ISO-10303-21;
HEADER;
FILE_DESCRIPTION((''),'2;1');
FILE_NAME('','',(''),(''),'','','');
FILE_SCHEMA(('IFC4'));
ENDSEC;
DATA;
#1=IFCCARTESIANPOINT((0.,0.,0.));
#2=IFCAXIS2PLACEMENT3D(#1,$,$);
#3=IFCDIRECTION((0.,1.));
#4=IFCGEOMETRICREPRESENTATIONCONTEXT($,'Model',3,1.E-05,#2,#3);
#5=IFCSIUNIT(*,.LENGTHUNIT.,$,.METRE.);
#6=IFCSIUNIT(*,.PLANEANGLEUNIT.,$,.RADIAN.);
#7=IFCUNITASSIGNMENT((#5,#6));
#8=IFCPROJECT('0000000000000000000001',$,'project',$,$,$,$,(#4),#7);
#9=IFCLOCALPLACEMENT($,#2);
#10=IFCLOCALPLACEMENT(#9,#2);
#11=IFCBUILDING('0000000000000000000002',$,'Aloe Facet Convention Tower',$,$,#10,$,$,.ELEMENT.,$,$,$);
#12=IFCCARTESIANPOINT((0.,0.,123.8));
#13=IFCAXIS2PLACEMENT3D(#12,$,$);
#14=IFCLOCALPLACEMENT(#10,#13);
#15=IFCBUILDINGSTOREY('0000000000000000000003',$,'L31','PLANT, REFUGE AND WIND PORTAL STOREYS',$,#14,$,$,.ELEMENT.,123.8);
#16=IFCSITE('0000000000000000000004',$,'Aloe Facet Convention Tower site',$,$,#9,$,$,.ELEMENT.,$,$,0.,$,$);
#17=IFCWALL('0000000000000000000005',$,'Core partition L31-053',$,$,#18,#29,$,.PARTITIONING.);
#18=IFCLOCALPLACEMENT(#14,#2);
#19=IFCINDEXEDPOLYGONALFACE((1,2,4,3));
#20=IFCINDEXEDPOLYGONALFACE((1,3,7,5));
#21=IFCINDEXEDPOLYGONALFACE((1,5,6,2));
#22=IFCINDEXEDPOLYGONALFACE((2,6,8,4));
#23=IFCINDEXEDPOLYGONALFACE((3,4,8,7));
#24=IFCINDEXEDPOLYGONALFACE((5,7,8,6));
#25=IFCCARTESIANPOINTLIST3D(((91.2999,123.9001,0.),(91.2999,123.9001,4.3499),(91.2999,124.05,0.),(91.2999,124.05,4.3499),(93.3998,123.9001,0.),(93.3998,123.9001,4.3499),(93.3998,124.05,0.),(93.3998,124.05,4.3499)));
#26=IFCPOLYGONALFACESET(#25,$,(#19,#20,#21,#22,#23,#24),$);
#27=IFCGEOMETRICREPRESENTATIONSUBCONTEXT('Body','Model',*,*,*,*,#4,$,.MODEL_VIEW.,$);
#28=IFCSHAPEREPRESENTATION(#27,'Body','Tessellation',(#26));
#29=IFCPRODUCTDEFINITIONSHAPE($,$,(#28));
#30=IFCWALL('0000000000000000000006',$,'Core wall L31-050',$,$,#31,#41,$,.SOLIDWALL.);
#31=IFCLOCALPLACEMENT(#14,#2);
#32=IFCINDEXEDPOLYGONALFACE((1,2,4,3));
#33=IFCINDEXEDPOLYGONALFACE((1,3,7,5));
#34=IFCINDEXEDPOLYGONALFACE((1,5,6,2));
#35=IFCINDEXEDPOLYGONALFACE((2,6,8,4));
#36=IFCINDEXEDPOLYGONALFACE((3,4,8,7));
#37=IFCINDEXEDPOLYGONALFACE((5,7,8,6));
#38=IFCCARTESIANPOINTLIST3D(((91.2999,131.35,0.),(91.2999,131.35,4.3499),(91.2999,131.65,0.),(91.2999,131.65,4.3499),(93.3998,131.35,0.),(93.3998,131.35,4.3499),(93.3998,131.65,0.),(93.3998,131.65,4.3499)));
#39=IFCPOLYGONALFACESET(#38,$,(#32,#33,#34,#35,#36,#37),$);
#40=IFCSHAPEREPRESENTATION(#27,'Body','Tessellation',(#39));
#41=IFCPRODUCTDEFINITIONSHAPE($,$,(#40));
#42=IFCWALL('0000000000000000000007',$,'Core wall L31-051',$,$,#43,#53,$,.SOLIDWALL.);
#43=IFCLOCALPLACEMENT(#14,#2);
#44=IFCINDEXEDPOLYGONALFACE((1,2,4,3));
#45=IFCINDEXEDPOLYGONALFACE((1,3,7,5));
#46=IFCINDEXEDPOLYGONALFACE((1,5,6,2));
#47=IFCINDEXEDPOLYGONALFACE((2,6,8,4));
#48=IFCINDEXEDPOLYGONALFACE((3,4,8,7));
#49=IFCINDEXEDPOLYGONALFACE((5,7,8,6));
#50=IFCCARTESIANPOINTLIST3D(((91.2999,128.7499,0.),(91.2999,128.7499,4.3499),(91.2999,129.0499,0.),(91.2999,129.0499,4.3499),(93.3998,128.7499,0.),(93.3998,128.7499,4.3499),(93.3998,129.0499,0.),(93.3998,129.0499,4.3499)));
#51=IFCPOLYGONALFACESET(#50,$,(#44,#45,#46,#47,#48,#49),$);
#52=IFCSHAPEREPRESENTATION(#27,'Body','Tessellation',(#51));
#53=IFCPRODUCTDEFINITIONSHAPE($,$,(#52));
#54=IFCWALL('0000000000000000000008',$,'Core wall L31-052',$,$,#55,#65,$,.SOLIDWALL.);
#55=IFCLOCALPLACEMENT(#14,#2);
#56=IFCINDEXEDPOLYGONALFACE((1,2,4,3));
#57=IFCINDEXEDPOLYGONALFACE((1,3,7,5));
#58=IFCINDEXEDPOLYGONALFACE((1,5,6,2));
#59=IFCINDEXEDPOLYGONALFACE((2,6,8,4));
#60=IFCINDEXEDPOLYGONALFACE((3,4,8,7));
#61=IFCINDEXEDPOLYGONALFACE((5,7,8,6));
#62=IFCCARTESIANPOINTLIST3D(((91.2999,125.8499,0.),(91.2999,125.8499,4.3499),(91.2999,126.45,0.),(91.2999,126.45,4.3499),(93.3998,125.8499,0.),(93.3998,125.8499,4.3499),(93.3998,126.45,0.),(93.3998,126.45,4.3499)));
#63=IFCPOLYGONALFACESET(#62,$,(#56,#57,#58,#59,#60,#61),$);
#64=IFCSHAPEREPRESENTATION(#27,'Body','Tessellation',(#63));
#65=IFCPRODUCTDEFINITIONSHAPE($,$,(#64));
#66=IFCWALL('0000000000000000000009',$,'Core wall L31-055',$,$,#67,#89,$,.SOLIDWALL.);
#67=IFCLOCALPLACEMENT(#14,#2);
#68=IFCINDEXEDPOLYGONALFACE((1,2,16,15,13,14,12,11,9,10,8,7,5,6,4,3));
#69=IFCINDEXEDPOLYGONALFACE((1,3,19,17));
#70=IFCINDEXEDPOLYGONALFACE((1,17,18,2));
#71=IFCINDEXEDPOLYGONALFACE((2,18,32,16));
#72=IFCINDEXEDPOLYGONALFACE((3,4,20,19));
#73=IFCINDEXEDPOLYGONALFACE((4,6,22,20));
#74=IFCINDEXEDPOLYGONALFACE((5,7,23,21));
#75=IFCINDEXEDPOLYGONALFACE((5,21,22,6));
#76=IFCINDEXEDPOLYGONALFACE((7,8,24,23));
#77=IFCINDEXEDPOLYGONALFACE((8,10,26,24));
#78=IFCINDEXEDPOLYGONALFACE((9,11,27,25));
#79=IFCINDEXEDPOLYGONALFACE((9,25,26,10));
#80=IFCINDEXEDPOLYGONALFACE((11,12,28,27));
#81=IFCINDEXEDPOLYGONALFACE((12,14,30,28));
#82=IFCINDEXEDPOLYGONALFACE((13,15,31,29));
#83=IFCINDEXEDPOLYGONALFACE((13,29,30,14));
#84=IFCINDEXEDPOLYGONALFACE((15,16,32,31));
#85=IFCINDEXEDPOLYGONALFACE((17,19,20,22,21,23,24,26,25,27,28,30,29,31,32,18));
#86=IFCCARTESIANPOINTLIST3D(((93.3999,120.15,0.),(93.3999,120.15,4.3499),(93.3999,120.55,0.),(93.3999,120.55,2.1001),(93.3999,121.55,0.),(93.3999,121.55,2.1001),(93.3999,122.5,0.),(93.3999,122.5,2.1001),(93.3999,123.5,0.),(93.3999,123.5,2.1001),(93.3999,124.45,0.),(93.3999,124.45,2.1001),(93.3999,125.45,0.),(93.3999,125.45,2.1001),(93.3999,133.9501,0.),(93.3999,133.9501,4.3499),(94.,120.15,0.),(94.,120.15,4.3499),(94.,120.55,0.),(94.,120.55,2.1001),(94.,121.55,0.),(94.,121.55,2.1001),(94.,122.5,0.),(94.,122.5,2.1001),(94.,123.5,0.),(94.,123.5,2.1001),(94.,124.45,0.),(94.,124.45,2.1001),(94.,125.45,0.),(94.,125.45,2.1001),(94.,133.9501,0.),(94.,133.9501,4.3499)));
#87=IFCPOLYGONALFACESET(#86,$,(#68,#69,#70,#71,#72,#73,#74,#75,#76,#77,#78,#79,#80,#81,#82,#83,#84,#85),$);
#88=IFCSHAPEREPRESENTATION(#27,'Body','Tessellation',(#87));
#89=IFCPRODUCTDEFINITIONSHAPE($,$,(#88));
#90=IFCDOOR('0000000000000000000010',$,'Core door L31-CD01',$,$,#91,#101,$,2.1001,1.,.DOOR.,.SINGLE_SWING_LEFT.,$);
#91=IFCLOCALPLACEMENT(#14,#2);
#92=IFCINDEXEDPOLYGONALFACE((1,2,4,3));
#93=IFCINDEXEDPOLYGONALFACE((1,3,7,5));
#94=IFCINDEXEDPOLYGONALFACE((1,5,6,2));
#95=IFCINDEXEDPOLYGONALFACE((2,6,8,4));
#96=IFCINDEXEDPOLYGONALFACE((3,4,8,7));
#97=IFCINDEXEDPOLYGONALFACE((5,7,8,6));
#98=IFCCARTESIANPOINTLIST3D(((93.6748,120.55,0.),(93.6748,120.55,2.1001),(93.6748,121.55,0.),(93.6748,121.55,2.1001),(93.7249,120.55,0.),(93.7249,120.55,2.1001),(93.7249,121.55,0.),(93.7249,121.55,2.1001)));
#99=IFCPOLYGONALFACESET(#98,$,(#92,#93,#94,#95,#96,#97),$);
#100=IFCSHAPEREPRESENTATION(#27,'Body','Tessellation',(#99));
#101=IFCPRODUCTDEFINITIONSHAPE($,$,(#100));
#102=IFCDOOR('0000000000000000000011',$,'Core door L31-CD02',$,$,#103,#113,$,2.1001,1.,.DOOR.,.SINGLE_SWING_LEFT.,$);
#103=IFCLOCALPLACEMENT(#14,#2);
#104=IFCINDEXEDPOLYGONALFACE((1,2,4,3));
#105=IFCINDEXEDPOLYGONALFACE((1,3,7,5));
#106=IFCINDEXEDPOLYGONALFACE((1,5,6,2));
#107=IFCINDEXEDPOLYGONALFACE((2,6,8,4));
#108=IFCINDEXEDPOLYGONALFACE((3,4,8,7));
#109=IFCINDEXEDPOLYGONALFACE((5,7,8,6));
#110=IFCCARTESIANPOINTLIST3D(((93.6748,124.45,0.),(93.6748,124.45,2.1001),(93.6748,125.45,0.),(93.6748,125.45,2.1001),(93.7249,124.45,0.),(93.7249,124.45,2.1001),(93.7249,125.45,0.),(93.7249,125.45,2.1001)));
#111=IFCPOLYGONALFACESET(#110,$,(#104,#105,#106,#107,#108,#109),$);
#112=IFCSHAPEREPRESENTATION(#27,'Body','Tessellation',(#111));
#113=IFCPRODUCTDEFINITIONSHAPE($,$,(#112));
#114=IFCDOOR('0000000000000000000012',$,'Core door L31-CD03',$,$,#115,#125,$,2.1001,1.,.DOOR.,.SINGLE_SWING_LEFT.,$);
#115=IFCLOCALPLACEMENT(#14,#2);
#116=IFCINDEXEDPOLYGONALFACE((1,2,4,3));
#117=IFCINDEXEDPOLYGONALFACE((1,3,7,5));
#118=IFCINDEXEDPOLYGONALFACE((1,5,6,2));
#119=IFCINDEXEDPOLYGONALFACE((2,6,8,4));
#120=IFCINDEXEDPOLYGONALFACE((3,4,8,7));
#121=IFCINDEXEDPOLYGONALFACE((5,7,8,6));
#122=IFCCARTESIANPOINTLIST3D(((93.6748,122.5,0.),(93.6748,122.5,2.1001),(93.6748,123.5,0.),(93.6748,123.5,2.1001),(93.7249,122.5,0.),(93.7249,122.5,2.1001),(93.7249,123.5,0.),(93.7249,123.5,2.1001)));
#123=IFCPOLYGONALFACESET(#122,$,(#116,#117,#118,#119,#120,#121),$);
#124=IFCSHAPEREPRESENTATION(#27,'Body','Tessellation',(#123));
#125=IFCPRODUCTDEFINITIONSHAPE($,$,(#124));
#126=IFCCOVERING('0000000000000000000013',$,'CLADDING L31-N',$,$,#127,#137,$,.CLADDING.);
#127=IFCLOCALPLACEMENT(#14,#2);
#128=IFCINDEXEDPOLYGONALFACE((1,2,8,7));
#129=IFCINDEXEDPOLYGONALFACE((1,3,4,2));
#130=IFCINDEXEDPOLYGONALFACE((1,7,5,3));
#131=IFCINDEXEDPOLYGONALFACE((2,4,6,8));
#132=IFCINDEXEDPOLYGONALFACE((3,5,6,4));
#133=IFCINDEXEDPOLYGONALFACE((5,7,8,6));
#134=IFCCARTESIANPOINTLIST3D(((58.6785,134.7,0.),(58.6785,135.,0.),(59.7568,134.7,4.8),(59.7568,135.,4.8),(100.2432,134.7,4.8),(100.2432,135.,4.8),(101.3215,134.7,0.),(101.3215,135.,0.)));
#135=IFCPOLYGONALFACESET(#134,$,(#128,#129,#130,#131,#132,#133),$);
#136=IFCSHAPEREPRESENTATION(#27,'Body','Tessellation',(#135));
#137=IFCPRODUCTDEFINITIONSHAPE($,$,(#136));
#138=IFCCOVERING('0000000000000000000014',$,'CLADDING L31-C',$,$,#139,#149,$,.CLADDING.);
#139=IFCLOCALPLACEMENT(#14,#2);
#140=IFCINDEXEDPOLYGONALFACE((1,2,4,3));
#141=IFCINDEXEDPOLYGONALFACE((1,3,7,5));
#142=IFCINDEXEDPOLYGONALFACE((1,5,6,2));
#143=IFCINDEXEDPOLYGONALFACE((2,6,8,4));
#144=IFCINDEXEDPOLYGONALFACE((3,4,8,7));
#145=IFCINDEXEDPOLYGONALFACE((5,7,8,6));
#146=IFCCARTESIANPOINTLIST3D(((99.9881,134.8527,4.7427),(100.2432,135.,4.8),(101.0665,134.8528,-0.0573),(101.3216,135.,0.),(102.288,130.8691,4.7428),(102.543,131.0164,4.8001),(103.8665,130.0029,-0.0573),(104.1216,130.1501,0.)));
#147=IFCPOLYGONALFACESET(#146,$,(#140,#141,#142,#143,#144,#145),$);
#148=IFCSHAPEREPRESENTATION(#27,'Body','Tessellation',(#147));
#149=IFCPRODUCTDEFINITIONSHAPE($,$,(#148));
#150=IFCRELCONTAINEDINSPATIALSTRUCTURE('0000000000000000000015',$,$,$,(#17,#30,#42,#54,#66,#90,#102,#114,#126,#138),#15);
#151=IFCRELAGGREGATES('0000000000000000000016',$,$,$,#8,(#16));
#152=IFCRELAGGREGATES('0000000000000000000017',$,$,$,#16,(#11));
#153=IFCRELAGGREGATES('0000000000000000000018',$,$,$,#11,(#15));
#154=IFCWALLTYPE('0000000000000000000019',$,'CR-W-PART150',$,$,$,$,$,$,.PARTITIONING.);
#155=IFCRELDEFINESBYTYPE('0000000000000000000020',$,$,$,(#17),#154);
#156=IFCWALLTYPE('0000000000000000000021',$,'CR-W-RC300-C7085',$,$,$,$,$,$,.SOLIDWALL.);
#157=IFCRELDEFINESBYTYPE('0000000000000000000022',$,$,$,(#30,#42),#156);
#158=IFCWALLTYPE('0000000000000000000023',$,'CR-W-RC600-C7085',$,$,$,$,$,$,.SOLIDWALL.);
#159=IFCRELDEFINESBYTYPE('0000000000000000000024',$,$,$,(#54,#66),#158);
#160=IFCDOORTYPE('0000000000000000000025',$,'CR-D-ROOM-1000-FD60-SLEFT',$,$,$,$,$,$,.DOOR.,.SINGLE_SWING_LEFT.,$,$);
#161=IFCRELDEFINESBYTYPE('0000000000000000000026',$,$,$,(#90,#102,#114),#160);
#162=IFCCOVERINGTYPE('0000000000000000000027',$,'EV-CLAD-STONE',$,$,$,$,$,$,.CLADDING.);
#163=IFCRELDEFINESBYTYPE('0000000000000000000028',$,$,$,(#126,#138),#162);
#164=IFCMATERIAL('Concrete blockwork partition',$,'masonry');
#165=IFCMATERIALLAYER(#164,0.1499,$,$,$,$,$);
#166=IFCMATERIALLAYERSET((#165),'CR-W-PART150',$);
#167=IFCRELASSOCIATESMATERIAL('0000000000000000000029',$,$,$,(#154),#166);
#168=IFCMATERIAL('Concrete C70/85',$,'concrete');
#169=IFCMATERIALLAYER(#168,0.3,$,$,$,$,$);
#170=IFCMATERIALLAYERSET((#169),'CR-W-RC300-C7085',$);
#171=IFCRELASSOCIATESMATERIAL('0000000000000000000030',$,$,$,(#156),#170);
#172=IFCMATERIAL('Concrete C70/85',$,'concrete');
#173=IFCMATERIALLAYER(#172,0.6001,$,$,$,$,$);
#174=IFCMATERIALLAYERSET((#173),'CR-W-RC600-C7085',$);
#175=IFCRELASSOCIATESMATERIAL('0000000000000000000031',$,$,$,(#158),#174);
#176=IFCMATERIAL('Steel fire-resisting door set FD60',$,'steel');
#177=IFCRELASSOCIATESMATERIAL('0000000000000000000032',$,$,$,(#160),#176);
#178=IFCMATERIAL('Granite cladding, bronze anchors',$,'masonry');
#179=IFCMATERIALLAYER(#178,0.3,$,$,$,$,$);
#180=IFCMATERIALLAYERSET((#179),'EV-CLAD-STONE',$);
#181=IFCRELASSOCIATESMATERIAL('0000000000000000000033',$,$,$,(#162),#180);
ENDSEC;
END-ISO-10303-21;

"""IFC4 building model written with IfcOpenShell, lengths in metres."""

from ifc_helpers import new_model, si_unit, direction, frame, frame_2d, origin, place, context, subcontext, project, spatial, polyline, rectangle, outline, extrude, material, layer, layer_set, type_object, element, fill, save


model = new_model("IFC4")

# Units and contexts
model_context = context("Model", 3, precision=1e-05, world=origin(), true_north=direction((0.0, 1.0)))
body_context = subcontext(model_context, "Body", "Model", "MODEL_VIEW")
ifc_project = project(units=[si_unit("LENGTHUNIT", "METRE"), si_unit("PLANEANGLEUNIT", "RADIAN")], contexts=[model_context])

# Site, building, storey
site_placement = place(None, origin())
site = spatial("IfcSite", under=ifc_project, at=site_placement, Name="Aloe Facet Convention Tower site", CompositionType="ELEMENT", RefElevation=0.0)
building_placement = place(site_placement, origin())
building = spatial("IfcBuilding", under=site, at=building_placement, Name="Aloe Facet Convention Tower", CompositionType="ELEMENT")
storey_placement = place(building_placement, frame((0.0, 0.0, 123.8)))
storey = spatial("IfcBuildingStorey", under=building, at=storey_placement, Name="L31", Description="PLANT, REFUGE AND WIND PORTAL STOREYS", CompositionType="ELEMENT", Elevation=123.8)

# Walls
ifc_material_1 = material(Name="Concrete blockwork partition", Category="masonry")
ifc_layer_1 = layer(ifc_material_1, 0.1499)
ifc_layer_set_1 = layer_set([ifc_layer_1], Name="CR-W-PART150")
wall_type_1 = type_object("IfcWallType", Name="CR-W-PART150", PredefinedType="PARTITIONING", material=ifc_layer_set_1)
wall_1_placement = place(storey_placement, frame((91.3, 123.9751, 0.0), z_axis=(0.0, 0.0, 1.0), x_axis=(1.0, 0.0, 0.0)))
element("IfcWall", 1, at=wall_1_placement, inside=storey, type_object=wall_type_1, Name="Core partition L31-053", PredefinedType="PARTITIONING", context=body_context, shape_type="SweptSolid", body=[
    extrude(rectangle(XDim=2.0999, YDim=0.1499, at=frame_2d((1.0498, 0.0))), origin(), (0.0, 0.0, 1.0), 4.3499),
])
ifc_material_2 = material(Name="Concrete C70/85", Category="concrete")
ifc_layer_2 = layer(ifc_material_2, 0.3)
ifc_layer_set_2 = layer_set([ifc_layer_2], Name="CR-W-RC300-C7085")
wall_type_2 = type_object("IfcWallType", Name="CR-W-RC300-C7085", PredefinedType="SOLIDWALL", material=ifc_layer_set_2)
for number, where, z_axis, x_axis, name in (
    (2, (91.3, 131.5, 0.0), (0.0, 0.0, 1.0), (1.0, 0.0, 0.0), "Core wall L31-050"),
    (3, (91.3, 128.8999, 0.0), (0.0, 0.0, 1.0), (1.0, 0.0, 0.0), "Core wall L31-051"),
):
    element("IfcWall", number, at=place(storey_placement, frame(where, z_axis=z_axis, x_axis=x_axis)), inside=storey, type_object=wall_type_2, Name=name, PredefinedType="SOLIDWALL", context=body_context, shape_type="SweptSolid", body=[
        extrude(rectangle(XDim=2.0999, YDim=0.3, at=frame_2d((1.0498, 0.0))), origin(), (0.0, 0.0, 1.0), 4.3499),
    ])
ifc_material_3 = material(Name="Concrete C70/85", Category="concrete")
ifc_layer_3 = layer(ifc_material_3, 0.6001)
ifc_layer_set_3 = layer_set([ifc_layer_3], Name="CR-W-RC600-C7085")
wall_type_3 = type_object("IfcWallType", Name="CR-W-RC600-C7085", PredefinedType="SOLIDWALL", material=ifc_layer_set_3)
wall_2_placement = place(storey_placement, frame((91.3, 126.1499, 0.0), z_axis=(0.0, 0.0, 1.0), x_axis=(1.0, 0.0, 0.0)))
element("IfcWall", 4, at=wall_2_placement, inside=storey, type_object=wall_type_3, Name="Core wall L31-052", PredefinedType="SOLIDWALL", context=body_context, shape_type="SweptSolid", body=[
    extrude(rectangle(XDim=2.0999, YDim=0.6001, at=frame_2d((1.0498, 0.0))), origin(), (0.0, 0.0, 1.0), 4.3499),
])

# Wall, openings, doors
wall_3_placement = place(storey_placement, frame((93.7, 133.95, 0.0), z_axis=(0.0, 0.0, 1.0), x_axis=(0.0, -1.0, 0.0)))
wall_3 = element("IfcWall", 5, at=wall_3_placement, inside=storey, type_object=wall_type_3, Name="Core wall L31-055", PredefinedType="SOLIDWALL", context=body_context, shape_type="SweptSolid", body=[
    extrude(rectangle(XDim=13.8, YDim=0.6001, at=frame_2d((6.8999, 0.0))), origin(), (0.0, 0.0, 1.0), 4.3499),
])
opening_1_placement = place(wall_3_placement, frame((12.3999, 0.0, 0.0)))
opening_1 = element("IfcOpeningElement", 6, at=opening_1_placement, cuts=wall_3, PredefinedType="OPENING", context=body_context, shape_type="SweptSolid", body=[
    extrude(rectangle(XDim=1.0, YDim=2.1001, at=frame_2d((0.5, 1.05))), frame((0.0, 0.3101, 0.0), z_axis=(0.0, -1.0, 0.0), x_axis=(1.0, 0.0, 0.0)), (0.0, 0.0, 1.0), 0.6201),
])
opening_2_placement = place(wall_3_placement, frame((8.5, 0.0, 0.0)))
opening_2 = element("IfcOpeningElement", 7, at=opening_2_placement, cuts=wall_3, PredefinedType="OPENING", context=body_context, shape_type="SweptSolid", body=[
    extrude(rectangle(XDim=1.0, YDim=2.1001, at=frame_2d((0.5, 1.05))), frame((0.0, 0.3101, 0.0), z_axis=(0.0, -1.0, 0.0), x_axis=(1.0, 0.0, 0.0)), (0.0, 0.0, 1.0), 0.6201),
])
opening_3_placement = place(wall_3_placement, frame((10.45, 0.0, 0.0)))
opening_3 = element("IfcOpeningElement", 8, at=opening_3_placement, cuts=wall_3, PredefinedType="OPENING", context=body_context, shape_type="SweptSolid", body=[
    extrude(rectangle(XDim=1.0, YDim=2.1001, at=frame_2d((0.5, 1.05))), frame((0.0, 0.3101, 0.0), z_axis=(0.0, -1.0, 0.0), x_axis=(1.0, 0.0, 0.0)), (0.0, 0.0, 1.0), 0.6201),
])
ifc_material_4 = material(Name="Steel fire-resisting door set FD60", Category="steel")
door_type = type_object("IfcDoorType", Name="CR-D-ROOM-1000-FD60-SLEFT", OperationType="SINGLE_SWING_LEFT", PredefinedType="DOOR", material=ifc_material_4)
door_1_placement = place(opening_1_placement, origin())
door_1 = element("IfcDoor", 9, at=door_1_placement, inside=storey, type_object=door_type, Name="Core door L31-CD01", OperationType="SINGLE_SWING_LEFT", OverallHeight=2.1001, OverallWidth=1.0, PredefinedType="DOOR", context=body_context, shape_type="SweptSolid", body=[
    extrude(rectangle(XDim=1.0, YDim=2.1001, at=frame_2d((0.5, 1.05))), frame((0.0, 0.0249, 0.0), z_axis=(0.0, -1.0, 0.0), x_axis=(1.0, 0.0, 0.0)), (0.0, 0.0, 1.0), 0.05),
])
fill(opening_1, door_1)
door_2_placement = place(opening_2_placement, origin())
door_2 = element("IfcDoor", 10, at=door_2_placement, inside=storey, type_object=door_type, Name="Core door L31-CD02", OperationType="SINGLE_SWING_LEFT", OverallHeight=2.1001, OverallWidth=1.0, PredefinedType="DOOR", context=body_context, shape_type="SweptSolid", body=[
    extrude(rectangle(XDim=1.0, YDim=2.1001, at=frame_2d((0.5, 1.05))), frame((0.0, 0.0249, 0.0), z_axis=(0.0, -1.0, 0.0), x_axis=(1.0, 0.0, 0.0)), (0.0, 0.0, 1.0), 0.05),
])
fill(opening_2, door_2)
door_3_placement = place(opening_3_placement, origin())
door_3 = element("IfcDoor", 11, at=door_3_placement, inside=storey, type_object=door_type, Name="Core door L31-CD03", OperationType="SINGLE_SWING_LEFT", OverallHeight=2.1001, OverallWidth=1.0, PredefinedType="DOOR", context=body_context, shape_type="SweptSolid", body=[
    extrude(rectangle(XDim=1.0, YDim=2.1001, at=frame_2d((0.5, 1.05))), frame((0.0, 0.0249, 0.0), z_axis=(0.0, -1.0, 0.0), x_axis=(1.0, 0.0, 0.0)), (0.0, 0.0, 1.0), 0.05),
])
fill(opening_3, door_3)

# Coverings
ifc_material_5 = material(Name="Granite cladding, bronze anchors", Category="masonry")
ifc_layer_4 = layer(ifc_material_5, 0.3)
ifc_layer_set_4 = layer_set([ifc_layer_4], Name="EV-CLAD-STONE")
covering_type = type_object("IfcCoveringType", Name="EV-CLAD-STONE", PredefinedType="CLADDING", material=ifc_layer_set_4)
covering_1_placement = place(storey_placement, frame((101.3215, 135.0, 0.0), z_axis=(0.0, 1.0, 0.0), x_axis=(-1.0, 0.0, 0.0)))
element("IfcCovering", 12, at=covering_1_placement, inside=storey, type_object=covering_type, Name="CLADDING L31-N", PredefinedType="CLADDING", context=body_context, shape_type="SweptSolid", body=[
    extrude(outline(polyline([(0.0, 0.0), (42.6431, 0.0), (41.5647, 4.8), (1.0784, 4.8), (0.0, 0.0)])), origin(), (0.0, 0.0, -1.0), 0.3),
])
covering_2_placement = place(storey_placement, frame((104.1216, 130.1501, 0.0), z_axis=(0.85009, 0.490784, 0.190993), x_axis=(-0.499988, 0.866032, 0.000002)))
element("IfcCovering", 13, at=covering_2_placement, inside=storey, type_object=covering_type, Name="CLADDING L31-C", PredefinedType="CLADDING", context=body_context, shape_type="SweptSolid", body=[
    extrude(outline(polyline([(0.0, 0.0), (5.6001, 0.0), (6.1393, 4.8901), (1.5395, 4.8901), (0.0, 0.0)])), origin(), (0.0, 0.0, -1.0), 0.3),
])

save(model, "model.ifc")
